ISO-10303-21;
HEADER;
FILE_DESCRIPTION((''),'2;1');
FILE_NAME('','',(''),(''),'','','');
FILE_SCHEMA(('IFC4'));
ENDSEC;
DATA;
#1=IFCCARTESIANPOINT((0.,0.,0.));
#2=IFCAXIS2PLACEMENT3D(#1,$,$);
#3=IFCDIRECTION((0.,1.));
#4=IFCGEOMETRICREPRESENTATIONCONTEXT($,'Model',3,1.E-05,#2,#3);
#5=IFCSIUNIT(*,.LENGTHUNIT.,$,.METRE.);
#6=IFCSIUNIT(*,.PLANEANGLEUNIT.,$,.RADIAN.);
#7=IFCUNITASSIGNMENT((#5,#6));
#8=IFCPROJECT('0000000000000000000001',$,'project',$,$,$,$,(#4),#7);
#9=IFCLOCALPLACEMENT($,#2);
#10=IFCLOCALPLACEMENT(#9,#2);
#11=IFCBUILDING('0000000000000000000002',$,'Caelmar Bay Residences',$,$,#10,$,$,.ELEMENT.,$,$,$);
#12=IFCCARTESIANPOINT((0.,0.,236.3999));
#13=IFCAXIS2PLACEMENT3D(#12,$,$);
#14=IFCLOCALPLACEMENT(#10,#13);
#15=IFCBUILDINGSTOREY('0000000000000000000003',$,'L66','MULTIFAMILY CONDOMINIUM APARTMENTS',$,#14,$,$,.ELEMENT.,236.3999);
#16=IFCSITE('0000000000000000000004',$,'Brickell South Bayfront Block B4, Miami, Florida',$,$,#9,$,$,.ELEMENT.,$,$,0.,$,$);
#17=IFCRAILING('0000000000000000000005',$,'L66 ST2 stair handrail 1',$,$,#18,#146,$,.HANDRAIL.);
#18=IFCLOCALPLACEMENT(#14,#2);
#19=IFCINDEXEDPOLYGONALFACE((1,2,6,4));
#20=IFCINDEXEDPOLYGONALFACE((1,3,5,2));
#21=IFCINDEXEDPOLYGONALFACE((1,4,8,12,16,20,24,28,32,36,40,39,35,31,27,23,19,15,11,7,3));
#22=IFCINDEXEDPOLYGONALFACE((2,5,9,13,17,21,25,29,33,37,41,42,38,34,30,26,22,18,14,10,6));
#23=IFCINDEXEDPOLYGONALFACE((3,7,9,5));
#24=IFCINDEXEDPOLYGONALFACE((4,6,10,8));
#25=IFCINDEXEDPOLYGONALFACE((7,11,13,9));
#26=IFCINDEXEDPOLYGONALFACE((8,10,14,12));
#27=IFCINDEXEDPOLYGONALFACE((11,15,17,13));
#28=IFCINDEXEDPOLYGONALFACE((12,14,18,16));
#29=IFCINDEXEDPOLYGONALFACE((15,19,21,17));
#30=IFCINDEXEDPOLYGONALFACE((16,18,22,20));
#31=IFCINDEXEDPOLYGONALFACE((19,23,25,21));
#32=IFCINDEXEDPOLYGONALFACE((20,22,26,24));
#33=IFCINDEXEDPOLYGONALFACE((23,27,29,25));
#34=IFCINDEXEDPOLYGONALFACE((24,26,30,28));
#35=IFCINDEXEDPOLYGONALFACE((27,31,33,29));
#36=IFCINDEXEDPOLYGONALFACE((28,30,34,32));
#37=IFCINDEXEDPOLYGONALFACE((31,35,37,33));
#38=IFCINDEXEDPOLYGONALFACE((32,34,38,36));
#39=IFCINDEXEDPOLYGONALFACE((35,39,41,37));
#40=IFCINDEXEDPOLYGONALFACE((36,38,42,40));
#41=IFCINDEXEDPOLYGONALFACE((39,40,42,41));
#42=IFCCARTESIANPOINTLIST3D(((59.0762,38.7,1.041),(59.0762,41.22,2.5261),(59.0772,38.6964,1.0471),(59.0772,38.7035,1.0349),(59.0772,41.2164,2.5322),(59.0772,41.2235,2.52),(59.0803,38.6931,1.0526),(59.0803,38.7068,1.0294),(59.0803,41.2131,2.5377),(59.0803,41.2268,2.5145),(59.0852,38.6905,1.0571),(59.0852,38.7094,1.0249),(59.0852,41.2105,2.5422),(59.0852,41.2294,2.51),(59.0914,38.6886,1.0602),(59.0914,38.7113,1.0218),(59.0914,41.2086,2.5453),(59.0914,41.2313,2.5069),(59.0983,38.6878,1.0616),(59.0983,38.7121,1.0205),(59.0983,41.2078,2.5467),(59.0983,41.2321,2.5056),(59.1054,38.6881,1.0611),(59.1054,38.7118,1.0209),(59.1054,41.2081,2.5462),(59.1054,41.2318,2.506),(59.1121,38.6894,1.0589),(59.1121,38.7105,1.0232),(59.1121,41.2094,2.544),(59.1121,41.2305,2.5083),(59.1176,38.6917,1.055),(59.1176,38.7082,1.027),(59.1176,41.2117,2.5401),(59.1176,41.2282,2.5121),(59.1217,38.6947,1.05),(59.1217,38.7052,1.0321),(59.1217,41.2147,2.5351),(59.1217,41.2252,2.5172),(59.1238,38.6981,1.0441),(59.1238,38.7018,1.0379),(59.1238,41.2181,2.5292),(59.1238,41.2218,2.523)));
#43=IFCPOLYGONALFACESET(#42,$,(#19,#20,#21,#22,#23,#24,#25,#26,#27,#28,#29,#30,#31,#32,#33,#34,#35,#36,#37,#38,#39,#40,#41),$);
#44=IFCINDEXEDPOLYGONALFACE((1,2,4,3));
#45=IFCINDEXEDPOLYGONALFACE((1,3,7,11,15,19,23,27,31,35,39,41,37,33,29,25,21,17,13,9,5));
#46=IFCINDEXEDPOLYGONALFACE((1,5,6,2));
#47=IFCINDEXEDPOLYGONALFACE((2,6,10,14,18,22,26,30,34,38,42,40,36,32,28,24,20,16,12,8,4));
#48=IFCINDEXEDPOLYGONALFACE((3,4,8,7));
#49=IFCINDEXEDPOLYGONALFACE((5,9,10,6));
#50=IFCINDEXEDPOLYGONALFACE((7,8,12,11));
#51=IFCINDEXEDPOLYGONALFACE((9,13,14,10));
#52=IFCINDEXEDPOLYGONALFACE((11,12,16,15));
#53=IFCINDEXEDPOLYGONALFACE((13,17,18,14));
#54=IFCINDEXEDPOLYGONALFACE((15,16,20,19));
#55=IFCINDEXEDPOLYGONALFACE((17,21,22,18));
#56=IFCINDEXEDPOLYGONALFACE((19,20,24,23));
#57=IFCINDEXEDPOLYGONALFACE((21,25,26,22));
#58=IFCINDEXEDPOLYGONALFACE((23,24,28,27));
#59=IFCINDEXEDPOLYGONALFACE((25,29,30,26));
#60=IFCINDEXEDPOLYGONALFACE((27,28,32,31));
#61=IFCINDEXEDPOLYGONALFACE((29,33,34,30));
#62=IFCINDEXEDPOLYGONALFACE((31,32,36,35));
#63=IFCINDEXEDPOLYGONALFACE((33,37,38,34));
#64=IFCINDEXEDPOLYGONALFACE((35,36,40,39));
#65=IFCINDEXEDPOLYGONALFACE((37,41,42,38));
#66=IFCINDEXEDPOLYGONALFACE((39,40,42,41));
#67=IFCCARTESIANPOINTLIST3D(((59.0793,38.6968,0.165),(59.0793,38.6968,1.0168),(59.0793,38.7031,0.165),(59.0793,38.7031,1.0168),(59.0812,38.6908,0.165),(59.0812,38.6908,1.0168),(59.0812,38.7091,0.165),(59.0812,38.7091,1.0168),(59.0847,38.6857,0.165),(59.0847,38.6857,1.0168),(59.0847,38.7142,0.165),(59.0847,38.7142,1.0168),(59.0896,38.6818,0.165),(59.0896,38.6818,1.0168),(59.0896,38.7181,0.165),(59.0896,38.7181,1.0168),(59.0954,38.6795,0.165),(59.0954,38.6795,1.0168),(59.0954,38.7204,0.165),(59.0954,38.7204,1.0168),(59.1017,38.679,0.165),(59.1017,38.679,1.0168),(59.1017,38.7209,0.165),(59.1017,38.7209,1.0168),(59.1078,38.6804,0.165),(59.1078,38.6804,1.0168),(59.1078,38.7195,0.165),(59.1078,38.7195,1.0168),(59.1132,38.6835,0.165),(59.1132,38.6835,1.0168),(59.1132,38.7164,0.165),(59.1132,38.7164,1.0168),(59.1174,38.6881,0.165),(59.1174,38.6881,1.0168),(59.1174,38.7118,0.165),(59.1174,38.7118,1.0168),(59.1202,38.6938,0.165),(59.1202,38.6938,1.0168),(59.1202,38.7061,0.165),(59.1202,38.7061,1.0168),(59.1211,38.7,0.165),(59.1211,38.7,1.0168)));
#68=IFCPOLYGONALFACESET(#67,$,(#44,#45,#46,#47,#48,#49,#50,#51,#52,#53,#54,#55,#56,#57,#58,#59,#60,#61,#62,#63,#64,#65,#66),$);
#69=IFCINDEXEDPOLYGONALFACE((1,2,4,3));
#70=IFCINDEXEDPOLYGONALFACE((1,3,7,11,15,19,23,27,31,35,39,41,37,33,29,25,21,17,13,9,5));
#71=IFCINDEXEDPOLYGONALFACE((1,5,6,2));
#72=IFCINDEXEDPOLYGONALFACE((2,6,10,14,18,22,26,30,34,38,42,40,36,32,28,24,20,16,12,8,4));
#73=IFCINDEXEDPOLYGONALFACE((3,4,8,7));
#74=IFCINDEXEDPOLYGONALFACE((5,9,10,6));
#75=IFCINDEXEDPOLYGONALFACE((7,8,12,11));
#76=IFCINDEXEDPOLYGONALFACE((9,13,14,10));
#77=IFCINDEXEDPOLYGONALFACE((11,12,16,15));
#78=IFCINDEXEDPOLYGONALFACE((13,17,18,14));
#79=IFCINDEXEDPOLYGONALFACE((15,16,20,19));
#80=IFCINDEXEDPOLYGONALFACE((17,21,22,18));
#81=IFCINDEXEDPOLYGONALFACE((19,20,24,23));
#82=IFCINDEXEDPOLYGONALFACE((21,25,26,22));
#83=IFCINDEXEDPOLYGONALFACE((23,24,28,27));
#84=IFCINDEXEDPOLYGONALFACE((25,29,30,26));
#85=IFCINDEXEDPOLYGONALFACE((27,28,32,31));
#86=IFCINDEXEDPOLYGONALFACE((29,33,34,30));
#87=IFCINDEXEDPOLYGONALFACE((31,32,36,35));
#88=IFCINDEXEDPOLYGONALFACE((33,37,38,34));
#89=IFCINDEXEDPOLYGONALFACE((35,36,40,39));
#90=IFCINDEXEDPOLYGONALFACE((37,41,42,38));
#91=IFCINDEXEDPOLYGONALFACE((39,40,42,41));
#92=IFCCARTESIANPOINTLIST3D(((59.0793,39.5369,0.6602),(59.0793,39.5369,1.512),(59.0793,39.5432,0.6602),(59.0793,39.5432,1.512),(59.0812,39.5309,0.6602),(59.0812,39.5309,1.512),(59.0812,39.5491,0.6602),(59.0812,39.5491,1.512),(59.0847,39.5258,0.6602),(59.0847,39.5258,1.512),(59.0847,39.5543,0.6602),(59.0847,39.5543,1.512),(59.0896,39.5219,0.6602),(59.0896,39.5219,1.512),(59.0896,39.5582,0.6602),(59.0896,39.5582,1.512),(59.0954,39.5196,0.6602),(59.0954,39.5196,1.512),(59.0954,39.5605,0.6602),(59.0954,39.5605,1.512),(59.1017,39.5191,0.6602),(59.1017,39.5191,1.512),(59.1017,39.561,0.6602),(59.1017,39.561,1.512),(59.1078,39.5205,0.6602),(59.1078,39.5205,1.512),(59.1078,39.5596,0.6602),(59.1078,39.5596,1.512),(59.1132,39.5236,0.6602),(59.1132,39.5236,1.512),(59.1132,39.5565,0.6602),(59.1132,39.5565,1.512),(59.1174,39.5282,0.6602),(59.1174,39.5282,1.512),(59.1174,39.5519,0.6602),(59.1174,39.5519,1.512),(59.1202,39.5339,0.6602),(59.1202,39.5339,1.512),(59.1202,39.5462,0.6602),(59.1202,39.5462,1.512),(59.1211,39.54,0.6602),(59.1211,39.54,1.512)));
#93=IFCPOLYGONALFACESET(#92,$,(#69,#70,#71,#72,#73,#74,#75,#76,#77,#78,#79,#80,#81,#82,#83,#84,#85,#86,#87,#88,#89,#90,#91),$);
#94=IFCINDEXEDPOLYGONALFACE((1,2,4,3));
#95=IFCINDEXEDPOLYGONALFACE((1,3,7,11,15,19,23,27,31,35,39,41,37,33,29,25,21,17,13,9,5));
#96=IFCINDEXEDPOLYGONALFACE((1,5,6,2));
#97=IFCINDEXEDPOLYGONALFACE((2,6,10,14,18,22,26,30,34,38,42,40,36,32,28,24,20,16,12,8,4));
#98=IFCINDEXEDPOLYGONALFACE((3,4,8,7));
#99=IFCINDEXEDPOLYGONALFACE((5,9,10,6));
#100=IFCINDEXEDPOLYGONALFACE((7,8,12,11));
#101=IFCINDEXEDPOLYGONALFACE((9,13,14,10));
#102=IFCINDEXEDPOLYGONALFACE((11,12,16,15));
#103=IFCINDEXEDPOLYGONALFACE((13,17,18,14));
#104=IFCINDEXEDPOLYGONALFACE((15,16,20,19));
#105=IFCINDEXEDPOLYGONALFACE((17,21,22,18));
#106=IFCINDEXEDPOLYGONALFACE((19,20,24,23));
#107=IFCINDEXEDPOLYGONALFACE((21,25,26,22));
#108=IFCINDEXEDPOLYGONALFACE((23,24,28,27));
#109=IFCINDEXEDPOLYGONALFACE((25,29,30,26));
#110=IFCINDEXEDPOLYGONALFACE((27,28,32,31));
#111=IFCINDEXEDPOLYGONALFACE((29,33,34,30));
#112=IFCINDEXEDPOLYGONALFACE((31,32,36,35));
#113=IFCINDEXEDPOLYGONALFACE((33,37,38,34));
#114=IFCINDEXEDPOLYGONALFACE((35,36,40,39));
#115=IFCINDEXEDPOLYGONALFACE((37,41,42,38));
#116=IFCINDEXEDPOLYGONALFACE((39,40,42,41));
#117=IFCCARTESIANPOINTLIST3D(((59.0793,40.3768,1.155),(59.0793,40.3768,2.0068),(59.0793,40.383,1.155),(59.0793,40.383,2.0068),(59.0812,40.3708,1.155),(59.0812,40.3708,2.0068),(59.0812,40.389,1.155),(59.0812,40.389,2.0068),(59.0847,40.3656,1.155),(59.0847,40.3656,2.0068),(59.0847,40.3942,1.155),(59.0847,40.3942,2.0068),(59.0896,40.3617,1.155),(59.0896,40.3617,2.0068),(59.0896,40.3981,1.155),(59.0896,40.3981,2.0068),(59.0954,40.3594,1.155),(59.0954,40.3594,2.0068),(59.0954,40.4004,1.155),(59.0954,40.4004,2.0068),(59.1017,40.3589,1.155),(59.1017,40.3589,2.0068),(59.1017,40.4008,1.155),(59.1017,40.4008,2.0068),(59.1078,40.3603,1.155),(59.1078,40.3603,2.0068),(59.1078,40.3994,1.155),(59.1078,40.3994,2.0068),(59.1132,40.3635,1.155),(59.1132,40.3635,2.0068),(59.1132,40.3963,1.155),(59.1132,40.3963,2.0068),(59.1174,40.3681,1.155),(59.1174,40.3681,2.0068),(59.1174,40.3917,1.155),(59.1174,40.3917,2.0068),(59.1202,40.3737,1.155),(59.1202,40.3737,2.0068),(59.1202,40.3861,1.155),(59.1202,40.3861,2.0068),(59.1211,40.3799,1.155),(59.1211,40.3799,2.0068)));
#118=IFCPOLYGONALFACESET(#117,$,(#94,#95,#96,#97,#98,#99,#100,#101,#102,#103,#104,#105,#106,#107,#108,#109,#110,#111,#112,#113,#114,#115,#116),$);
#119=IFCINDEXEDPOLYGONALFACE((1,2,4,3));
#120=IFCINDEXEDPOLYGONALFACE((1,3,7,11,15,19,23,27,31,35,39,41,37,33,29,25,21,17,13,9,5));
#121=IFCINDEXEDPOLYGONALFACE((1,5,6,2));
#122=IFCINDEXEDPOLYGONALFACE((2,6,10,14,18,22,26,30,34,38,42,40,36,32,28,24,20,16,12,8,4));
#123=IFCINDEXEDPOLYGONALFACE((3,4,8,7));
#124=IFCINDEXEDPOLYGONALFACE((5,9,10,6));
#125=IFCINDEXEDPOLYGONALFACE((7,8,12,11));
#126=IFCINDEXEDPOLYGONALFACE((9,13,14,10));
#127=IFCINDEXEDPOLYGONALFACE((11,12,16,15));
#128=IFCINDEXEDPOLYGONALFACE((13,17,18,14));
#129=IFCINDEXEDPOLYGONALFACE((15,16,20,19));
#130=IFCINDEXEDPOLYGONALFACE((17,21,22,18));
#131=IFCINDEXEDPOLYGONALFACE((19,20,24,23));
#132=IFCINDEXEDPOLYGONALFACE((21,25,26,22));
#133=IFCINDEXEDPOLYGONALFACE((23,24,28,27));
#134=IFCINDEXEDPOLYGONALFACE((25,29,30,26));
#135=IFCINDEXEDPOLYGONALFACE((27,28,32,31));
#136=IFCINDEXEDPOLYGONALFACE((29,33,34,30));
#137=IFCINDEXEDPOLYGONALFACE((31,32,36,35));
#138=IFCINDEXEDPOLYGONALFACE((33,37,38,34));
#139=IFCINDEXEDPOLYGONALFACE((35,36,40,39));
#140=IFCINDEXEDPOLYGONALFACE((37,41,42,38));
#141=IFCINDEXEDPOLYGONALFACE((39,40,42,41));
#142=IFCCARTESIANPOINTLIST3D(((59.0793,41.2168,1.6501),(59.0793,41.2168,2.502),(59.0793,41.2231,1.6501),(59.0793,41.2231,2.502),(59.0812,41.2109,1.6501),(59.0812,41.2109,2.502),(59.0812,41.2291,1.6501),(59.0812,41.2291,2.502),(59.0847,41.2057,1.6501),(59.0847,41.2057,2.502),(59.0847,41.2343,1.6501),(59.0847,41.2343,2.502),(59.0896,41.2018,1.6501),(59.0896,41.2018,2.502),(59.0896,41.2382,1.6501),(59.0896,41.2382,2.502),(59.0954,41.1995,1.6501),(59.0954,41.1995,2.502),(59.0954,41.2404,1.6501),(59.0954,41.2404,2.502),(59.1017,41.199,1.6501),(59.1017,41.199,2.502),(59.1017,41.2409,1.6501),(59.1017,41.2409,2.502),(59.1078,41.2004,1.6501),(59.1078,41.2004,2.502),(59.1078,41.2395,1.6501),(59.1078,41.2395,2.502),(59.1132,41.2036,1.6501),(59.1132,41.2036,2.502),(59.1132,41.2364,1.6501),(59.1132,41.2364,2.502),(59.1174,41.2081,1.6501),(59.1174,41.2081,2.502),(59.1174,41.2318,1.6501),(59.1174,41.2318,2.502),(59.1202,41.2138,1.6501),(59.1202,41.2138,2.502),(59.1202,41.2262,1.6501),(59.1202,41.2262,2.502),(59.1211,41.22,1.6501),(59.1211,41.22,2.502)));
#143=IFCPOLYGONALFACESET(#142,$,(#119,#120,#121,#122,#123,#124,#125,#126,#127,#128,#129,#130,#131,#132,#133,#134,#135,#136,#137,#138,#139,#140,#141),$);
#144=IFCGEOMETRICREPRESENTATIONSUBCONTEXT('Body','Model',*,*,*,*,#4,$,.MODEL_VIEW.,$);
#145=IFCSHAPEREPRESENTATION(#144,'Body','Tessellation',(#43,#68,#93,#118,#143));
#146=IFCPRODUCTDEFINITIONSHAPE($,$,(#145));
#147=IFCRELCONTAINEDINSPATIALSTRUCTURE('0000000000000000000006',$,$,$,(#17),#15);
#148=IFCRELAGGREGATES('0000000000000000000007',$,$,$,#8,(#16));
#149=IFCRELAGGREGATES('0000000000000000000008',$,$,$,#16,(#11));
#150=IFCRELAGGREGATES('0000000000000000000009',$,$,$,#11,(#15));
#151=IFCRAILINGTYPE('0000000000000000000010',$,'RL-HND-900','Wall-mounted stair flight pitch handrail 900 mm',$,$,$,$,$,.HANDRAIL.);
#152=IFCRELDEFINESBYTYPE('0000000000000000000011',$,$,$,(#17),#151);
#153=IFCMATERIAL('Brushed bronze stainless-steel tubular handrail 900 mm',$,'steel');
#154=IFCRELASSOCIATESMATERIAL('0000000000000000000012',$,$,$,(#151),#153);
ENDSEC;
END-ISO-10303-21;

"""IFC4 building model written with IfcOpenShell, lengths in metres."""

from ifc_helpers import new_model, si_unit, direction, frame, origin, origin_2d, place, context, subcontext, project, spatial, circle, extrude, material, type_object, element, save


model = new_model("IFC4")

# Units and contexts
model_context = context("Model", 3, precision=1e-05, world=origin(), true_north=direction((0.0, 1.0)))
body_context = subcontext(model_context, "Body", "Model", "MODEL_VIEW")
ifc_project = project(units=[si_unit("LENGTHUNIT", "METRE"), si_unit("PLANEANGLEUNIT", "RADIAN")], contexts=[model_context])

# Site, building, storey
site_placement = place(None, origin())
site = spatial("IfcSite", under=ifc_project, at=site_placement, Name="Brickell South Bayfront Block B4, Miami, Florida", CompositionType="ELEMENT", RefElevation=0.0)
building_placement = place(site_placement, origin())
building = spatial("IfcBuilding", under=site, at=building_placement, Name="Caelmar Bay Residences", CompositionType="ELEMENT")
storey_placement = place(building_placement, frame((0.0, 0.0, 236.3999)))
storey = spatial("IfcBuildingStorey", under=building, at=storey_placement, Name="L66", Description="MULTIFAMILY CONDOMINIUM APARTMENTS", CompositionType="ELEMENT", Elevation=236.3999)

# Railing
ifc_material_1 = material(Name="Brushed bronze stainless-steel tubular handrail 900 mm", Category="steel")
railing_type_1 = type_object("IfcRailingType", Name="RL-HND-900", Description="Wall-mounted stair flight pitch handrail 900 mm", PredefinedType="HANDRAIL", material=ifc_material_1)
railing_1_placement = place(storey_placement, frame((59.1001, 38.7, 0.165)))
element("IfcRailing", 1, at=railing_1_placement, inside=storey, type_object=railing_type_1, Name="L66 ST2 stair handrail 1", PredefinedType="HANDRAIL", context=body_context, shape_type="SweptSolid", body=[
    extrude(circle(Radius=0.0239, at=origin_2d()), frame((0.0, 0.0, 0.876), z_axis=(0.0, 0.861524, 0.507717), x_axis=(-1.0, 0.0, 0.0)), (0.0, 0.0, 1.0), 2.925),
    extrude(circle(Radius=0.021, at=origin_2d()), origin(), (0.0, 0.0, 1.0), 0.8518),
    extrude(circle(Radius=0.021, at=origin_2d()), frame((0.0, 0.8401, 0.4951)), (0.0, 0.0, 1.0), 0.8518),
    extrude(circle(Radius=0.021, at=origin_2d()), frame((0.0, 1.6799, 0.99)), (0.0, 0.0, 1.0), 0.8518),
    extrude(circle(Radius=0.021, at=origin_2d()), frame((0.0, 2.52, 1.4851)), (0.0, 0.0, 1.0), 0.8518),
])

save(model, "model.ifc")
